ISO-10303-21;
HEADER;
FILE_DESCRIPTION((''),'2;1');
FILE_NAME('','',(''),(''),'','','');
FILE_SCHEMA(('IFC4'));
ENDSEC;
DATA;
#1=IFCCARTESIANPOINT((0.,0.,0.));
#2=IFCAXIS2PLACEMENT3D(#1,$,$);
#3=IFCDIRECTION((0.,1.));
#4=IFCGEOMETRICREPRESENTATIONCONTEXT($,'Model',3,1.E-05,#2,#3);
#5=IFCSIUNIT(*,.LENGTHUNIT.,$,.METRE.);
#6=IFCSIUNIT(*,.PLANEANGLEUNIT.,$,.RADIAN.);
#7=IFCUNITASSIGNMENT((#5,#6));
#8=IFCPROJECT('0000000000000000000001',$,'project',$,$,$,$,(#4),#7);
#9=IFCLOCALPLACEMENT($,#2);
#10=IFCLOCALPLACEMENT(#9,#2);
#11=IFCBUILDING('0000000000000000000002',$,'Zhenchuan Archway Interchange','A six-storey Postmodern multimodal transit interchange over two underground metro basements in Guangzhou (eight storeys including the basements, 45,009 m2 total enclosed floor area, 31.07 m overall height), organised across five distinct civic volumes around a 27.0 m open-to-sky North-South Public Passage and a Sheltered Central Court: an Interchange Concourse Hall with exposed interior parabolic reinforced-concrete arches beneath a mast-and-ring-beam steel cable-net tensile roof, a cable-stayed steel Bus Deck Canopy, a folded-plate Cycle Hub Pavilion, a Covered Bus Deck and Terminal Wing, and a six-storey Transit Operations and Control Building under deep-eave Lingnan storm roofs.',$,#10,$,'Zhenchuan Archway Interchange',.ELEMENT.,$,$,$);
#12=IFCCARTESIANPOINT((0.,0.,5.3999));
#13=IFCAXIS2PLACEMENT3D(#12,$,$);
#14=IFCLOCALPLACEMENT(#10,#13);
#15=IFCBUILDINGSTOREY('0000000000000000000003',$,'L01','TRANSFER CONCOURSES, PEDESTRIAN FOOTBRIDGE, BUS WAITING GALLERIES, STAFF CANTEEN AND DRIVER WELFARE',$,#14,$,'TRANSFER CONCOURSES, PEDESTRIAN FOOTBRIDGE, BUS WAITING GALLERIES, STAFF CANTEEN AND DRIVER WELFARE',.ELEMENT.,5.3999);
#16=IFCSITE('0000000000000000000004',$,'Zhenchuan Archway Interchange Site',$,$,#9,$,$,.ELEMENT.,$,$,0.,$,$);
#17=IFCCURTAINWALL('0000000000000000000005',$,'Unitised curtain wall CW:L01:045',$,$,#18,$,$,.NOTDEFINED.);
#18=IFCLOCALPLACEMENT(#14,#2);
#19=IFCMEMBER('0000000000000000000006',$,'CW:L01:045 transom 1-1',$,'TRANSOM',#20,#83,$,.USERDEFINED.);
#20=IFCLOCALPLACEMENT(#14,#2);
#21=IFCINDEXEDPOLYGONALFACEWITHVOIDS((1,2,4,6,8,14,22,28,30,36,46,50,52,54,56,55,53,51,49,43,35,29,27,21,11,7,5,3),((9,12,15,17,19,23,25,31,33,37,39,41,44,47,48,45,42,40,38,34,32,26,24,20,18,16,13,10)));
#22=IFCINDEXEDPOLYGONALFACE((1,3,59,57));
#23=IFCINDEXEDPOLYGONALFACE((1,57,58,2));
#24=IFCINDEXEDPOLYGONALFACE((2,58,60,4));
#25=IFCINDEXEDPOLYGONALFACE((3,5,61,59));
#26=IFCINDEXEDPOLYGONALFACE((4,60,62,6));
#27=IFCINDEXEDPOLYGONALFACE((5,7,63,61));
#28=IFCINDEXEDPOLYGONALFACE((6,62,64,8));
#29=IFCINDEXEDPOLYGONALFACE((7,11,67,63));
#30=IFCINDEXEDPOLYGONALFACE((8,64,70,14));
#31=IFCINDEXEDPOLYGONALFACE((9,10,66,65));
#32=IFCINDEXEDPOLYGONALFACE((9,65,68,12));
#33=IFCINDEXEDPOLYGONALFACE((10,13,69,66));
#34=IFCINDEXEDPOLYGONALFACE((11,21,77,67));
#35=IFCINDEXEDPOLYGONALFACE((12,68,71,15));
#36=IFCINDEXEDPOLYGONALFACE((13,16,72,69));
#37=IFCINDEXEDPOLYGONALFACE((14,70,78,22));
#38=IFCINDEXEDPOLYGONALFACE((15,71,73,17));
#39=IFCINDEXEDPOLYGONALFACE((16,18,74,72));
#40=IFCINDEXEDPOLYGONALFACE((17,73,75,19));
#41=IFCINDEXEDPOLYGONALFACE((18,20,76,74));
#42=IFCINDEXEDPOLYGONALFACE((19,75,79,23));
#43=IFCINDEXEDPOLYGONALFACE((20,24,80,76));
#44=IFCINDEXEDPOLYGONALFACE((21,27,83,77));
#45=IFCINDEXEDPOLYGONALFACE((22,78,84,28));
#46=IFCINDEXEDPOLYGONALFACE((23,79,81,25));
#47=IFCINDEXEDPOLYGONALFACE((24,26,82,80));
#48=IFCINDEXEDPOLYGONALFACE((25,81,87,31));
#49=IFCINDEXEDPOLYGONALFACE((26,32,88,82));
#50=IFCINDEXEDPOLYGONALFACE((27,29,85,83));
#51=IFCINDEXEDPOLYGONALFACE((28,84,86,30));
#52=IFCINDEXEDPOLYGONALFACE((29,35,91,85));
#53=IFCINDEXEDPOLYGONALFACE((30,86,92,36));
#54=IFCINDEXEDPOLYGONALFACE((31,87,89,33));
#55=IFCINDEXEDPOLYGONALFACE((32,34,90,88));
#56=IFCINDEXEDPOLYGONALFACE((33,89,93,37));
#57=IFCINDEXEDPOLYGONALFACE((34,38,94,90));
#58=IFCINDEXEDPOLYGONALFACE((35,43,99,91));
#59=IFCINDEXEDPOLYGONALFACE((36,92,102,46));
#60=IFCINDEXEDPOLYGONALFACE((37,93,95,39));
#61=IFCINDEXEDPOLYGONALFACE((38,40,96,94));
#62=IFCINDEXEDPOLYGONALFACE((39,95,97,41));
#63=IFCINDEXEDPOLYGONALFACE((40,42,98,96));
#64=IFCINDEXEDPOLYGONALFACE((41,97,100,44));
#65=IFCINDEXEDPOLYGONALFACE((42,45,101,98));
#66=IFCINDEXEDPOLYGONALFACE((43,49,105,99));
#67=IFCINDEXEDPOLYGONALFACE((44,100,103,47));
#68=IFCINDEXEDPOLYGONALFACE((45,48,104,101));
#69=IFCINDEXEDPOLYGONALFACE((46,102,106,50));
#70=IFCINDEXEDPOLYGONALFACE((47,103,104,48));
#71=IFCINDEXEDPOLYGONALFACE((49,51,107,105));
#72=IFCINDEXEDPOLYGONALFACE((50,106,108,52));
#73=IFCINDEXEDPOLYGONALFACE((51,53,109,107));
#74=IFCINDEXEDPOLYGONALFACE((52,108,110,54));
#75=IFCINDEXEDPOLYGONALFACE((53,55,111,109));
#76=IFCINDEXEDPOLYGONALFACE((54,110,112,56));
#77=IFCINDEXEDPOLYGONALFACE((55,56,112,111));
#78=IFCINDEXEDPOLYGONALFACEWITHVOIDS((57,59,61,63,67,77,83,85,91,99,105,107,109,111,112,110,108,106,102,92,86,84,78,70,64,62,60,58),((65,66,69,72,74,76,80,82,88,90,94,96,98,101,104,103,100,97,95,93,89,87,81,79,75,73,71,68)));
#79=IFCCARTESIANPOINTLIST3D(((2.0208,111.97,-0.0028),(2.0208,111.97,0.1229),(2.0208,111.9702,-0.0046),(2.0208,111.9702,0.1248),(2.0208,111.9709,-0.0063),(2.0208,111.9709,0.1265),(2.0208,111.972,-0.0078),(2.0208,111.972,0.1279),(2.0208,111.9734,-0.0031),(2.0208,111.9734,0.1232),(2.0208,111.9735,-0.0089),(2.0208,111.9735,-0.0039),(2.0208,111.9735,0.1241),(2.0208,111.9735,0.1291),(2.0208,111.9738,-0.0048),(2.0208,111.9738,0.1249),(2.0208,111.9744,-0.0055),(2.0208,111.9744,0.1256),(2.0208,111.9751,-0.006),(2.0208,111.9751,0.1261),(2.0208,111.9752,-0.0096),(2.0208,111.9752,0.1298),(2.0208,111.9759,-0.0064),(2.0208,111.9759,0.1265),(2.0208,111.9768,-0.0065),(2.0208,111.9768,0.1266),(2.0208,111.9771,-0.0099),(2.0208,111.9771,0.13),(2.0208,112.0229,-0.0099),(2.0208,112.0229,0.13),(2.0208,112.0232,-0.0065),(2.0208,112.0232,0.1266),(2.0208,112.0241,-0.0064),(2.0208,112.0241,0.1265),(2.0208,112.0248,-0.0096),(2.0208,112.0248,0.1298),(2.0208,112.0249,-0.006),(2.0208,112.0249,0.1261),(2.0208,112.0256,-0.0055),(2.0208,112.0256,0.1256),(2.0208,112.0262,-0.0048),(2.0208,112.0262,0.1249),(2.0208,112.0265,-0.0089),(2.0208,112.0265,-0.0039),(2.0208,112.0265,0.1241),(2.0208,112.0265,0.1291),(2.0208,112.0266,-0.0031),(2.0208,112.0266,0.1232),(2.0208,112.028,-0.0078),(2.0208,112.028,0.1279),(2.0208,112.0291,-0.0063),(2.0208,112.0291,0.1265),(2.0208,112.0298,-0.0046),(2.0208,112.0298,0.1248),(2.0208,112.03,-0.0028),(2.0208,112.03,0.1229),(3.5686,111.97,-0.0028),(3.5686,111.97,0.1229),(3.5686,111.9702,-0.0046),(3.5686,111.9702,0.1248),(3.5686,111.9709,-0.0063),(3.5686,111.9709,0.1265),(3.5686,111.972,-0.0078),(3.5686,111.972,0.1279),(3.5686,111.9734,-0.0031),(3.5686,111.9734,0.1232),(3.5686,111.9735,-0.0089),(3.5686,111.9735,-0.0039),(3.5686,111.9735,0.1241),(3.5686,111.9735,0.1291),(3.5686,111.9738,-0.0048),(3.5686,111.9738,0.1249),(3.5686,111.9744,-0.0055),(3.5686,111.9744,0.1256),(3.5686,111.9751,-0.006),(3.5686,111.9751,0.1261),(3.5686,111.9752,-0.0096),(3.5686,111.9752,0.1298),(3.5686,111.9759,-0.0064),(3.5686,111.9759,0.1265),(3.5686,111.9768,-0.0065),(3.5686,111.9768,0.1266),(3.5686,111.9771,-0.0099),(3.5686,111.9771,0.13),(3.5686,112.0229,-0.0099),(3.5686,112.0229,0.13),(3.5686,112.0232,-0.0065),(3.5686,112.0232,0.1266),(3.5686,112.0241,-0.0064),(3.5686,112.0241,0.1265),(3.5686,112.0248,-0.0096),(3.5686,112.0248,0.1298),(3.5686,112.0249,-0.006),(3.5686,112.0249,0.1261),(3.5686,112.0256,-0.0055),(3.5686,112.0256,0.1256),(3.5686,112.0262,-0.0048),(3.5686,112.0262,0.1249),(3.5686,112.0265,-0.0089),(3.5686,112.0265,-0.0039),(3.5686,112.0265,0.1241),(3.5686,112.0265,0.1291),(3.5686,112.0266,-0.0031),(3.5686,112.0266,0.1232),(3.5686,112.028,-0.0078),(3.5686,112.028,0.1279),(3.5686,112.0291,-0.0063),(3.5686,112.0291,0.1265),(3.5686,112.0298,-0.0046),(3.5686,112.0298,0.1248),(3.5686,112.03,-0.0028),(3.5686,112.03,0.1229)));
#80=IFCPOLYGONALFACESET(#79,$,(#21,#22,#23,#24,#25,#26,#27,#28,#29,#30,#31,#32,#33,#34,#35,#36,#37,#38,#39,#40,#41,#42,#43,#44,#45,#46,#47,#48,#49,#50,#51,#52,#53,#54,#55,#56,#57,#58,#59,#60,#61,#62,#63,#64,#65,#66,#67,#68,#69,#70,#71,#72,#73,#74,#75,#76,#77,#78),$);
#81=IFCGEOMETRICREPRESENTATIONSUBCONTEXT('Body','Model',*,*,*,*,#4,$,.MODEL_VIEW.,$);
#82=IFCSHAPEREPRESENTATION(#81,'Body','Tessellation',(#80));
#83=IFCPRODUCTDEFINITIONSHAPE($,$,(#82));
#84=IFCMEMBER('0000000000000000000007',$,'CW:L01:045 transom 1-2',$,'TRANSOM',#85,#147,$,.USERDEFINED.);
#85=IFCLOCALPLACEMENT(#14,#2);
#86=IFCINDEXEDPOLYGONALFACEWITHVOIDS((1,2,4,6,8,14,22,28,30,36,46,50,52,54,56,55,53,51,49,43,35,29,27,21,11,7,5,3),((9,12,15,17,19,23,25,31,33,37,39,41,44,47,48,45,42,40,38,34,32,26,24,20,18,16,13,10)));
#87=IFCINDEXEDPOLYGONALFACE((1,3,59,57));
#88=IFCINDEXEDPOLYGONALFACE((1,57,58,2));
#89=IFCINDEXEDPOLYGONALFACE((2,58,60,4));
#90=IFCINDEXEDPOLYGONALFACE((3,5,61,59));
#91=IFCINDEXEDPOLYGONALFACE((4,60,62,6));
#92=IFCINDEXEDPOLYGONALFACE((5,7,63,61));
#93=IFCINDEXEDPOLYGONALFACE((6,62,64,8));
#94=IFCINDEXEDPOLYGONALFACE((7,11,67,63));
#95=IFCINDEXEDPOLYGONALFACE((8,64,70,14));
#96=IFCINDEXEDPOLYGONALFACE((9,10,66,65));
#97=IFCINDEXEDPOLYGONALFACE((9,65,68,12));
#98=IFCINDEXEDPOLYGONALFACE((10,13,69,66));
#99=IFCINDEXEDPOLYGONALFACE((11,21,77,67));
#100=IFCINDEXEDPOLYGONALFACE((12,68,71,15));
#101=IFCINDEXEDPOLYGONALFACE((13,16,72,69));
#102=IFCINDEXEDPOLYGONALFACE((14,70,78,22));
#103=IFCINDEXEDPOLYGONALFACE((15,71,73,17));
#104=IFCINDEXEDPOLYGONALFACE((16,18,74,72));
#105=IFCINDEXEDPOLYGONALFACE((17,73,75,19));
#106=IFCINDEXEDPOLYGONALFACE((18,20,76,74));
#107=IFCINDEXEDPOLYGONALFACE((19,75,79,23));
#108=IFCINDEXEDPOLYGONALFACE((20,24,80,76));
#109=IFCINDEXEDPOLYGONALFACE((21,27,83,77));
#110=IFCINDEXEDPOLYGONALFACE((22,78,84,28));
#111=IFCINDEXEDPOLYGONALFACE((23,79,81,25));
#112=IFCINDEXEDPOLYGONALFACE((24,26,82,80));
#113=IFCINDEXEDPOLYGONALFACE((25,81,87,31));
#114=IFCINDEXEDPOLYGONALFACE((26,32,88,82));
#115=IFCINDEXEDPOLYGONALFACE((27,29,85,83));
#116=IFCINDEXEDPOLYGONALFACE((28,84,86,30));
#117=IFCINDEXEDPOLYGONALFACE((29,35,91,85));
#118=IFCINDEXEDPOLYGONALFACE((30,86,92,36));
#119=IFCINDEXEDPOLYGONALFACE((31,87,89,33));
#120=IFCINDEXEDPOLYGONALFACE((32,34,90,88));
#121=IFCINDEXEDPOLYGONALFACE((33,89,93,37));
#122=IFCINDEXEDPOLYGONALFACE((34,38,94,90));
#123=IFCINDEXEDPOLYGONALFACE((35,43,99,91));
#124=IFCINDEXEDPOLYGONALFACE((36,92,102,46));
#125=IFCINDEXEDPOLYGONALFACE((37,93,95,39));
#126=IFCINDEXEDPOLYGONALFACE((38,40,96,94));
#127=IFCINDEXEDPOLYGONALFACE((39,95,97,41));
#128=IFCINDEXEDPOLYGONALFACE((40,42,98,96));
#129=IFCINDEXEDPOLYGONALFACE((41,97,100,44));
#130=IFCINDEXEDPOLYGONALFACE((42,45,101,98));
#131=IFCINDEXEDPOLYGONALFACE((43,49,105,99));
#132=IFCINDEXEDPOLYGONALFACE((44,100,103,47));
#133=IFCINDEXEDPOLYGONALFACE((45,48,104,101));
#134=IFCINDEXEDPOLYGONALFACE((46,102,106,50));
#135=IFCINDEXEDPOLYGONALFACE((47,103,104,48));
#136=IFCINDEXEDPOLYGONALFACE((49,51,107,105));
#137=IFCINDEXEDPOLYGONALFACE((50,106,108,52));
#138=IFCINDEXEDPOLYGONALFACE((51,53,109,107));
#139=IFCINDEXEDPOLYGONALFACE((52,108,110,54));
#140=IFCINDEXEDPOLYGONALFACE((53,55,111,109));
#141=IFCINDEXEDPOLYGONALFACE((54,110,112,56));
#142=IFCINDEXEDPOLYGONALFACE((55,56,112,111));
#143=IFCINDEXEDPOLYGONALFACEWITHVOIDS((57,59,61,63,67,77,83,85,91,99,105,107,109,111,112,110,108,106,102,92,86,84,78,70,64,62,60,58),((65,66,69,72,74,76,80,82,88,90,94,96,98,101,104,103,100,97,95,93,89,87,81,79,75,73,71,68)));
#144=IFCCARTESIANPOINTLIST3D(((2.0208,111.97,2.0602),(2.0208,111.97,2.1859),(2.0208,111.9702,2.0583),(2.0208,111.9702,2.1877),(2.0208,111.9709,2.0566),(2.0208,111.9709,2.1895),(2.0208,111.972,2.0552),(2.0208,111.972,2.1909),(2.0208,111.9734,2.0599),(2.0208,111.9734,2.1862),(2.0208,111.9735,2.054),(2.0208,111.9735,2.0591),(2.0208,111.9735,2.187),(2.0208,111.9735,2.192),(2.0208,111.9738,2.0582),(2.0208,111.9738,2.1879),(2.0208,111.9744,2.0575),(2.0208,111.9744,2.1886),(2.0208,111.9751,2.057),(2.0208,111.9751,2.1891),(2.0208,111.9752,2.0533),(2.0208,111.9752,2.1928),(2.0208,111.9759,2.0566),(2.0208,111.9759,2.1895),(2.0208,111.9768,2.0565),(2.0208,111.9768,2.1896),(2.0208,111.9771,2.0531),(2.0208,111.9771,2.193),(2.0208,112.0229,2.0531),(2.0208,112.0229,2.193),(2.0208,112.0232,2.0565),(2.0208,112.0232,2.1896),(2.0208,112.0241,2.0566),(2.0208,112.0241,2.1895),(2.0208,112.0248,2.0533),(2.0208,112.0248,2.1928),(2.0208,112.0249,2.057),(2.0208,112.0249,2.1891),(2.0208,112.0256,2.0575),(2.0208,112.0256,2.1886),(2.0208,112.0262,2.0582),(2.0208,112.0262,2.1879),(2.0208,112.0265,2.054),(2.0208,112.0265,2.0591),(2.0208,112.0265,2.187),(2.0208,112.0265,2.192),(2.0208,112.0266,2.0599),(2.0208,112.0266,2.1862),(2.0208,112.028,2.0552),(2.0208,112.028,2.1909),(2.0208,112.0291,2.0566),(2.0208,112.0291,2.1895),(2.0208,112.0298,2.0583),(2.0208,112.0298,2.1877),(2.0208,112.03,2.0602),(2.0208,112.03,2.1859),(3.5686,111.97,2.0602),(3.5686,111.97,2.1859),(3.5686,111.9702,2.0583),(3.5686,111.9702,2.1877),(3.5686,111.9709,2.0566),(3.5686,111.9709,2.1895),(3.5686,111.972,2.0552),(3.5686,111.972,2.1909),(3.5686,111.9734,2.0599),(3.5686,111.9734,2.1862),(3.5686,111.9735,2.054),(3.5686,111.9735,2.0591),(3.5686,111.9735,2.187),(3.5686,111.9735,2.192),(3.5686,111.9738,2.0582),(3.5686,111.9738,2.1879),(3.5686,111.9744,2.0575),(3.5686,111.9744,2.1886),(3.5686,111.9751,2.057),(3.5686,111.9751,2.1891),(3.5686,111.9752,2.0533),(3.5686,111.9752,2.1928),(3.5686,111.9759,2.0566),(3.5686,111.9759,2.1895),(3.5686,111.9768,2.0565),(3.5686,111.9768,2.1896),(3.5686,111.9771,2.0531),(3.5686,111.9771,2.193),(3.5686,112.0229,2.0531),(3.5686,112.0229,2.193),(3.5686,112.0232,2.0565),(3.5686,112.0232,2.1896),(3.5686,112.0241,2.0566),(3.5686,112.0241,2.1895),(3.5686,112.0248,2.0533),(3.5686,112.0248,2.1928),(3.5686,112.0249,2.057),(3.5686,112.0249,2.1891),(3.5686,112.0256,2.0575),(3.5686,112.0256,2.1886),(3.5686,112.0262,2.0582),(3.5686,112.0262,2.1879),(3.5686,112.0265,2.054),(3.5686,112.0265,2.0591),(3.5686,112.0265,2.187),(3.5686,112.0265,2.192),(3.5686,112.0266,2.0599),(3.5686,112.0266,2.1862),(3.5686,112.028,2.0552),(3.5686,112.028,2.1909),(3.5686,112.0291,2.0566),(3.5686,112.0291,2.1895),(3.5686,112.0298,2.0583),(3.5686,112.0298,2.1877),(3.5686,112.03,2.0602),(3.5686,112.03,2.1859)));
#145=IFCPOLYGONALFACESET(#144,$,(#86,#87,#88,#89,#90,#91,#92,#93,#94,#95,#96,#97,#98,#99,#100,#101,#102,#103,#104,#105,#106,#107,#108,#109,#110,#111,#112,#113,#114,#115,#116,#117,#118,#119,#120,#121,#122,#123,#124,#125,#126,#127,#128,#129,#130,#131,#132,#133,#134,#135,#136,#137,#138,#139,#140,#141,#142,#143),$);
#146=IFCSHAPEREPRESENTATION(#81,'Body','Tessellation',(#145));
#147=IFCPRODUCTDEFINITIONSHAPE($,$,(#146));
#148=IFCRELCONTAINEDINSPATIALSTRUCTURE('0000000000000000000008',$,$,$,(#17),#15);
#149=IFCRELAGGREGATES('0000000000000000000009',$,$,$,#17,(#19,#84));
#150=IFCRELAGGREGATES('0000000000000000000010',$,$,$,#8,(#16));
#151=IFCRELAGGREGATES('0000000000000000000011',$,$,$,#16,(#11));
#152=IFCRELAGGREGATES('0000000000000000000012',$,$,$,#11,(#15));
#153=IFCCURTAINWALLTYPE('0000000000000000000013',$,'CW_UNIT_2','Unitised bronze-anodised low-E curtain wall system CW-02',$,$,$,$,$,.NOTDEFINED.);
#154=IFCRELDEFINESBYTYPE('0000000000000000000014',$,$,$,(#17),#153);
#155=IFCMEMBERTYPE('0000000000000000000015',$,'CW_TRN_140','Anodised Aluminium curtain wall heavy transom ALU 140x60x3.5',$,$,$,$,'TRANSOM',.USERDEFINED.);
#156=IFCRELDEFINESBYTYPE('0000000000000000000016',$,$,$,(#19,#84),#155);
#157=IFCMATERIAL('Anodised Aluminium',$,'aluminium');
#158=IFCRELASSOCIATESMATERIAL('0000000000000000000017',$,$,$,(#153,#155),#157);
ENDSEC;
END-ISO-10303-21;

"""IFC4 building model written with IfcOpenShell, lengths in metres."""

from ifc_helpers import new_model, si_unit, direction, frame, origin, origin_2d, place, context, subcontext, project, spatial, hollow_rectangle, extrude, material, material_profile, profile_set, type_object, element, aggregate, save


model = new_model("IFC4")

# Units and contexts
model_context = context("Model", 3, precision=1e-05, world=origin(), true_north=direction((0.0, 1.0)))
body_context = subcontext(model_context, "Body", "Model", "MODEL_VIEW")
ifc_project = project(units=[si_unit("LENGTHUNIT", "METRE"), si_unit("PLANEANGLEUNIT", "RADIAN")], contexts=[model_context])

# Site, building, storey
site_placement = place(None, origin())
site = spatial("IfcSite", under=ifc_project, at=site_placement, Name="Zhenchuan Archway Interchange Site", CompositionType="ELEMENT", RefElevation=0.0)
building_placement = place(site_placement, origin())
building = spatial("IfcBuilding", under=site, at=building_placement, Name="Zhenchuan Archway Interchange", Description="A six-storey Postmodern multimodal transit interchange over two underground metro basements in Guangzhou (eight storeys including the basements, 45,009 m2 total enclosed floor area, 31.07 m overall height), organised across five distinct civic volumes around a 27.0 m open-to-sky North-South Public Passage and a Sheltered Central Court: an Interchange Concourse Hall with exposed interior parabolic reinforced-concrete arches beneath a mast-and-ring-beam steel cable-net tensile roof, a cable-stayed steel Bus Deck Canopy, a folded-plate Cycle Hub Pavilion, a Covered Bus Deck and Terminal Wing, and a six-storey Transit Operations and Control Building under deep-eave Lingnan storm roofs.", LongName="Zhenchuan Archway Interchange", CompositionType="ELEMENT")
storey_placement = place(building_placement, frame((0.0, 0.0, 5.3999)))
storey = spatial("IfcBuildingStorey", under=building, at=storey_placement, Name="L01", Description="TRANSFER CONCOURSES, PEDESTRIAN FOOTBRIDGE, BUS WAITING GALLERIES, STAFF CANTEEN AND DRIVER WELFARE", LongName="TRANSFER CONCOURSES, PEDESTRIAN FOOTBRIDGE, BUS WAITING GALLERIES, STAFF CANTEEN AND DRIVER WELFARE", CompositionType="ELEMENT", Elevation=5.3999)

# Curtain wall
ifc_material_1 = material(Name="Anodised Aluminium", Category="aluminium")
curtain_wall_type_1 = type_object("IfcCurtainWallType", Name="CW_UNIT_2", Description="Unitised bronze-anodised low-E curtain wall system CW-02", PredefinedType="NOTDEFINED", material=ifc_material_1)
curtain_wall_1_placement = place(storey_placement, origin())
curtain_wall_1 = element("IfcCurtainWall", 1, at=curtain_wall_1_placement, inside=storey, type_object=curtain_wall_type_1, Name="Unitised curtain wall CW:L01:045", PredefinedType="NOTDEFINED")

# Members
ifc_material_profile_1 = material_profile(ifc_material_1, hollow_rectangle(XDim=0.0601, YDim=0.1399, WallThickness=0.0034, InnerFilletRadius=0.0034, OuterFilletRadius=0.0071, at=origin_2d()), Name="ALU 140x60x3.5")
ifc_profile_set_1 = profile_set([ifc_material_profile_1], Name="Anodised Aluminium")
member_type_1 = type_object("IfcMemberType", Name="CW_TRN_140", Description="Anodised Aluminium curtain wall heavy transom ALU 140x60x3.5", ElementType="TRANSOM", PredefinedType="USERDEFINED", material=ifc_profile_set_1)
member_1_placement = place(storey_placement, frame((2.0208, 112.0, 0.0601), z_axis=(1.0, 0.0, 0.0), x_axis=(0.0, 1.0, 0.0)))
member_1 = element("IfcMember", 2, at=member_1_placement, type_object=member_type_1, Name="CW:L01:045 transom 1-1", ObjectType="TRANSOM", PredefinedType="USERDEFINED", context=body_context, shape_type="SweptSolid", body=[
    extrude(hollow_rectangle(XDim=0.0601, YDim=0.1399, WallThickness=0.0034, InnerFilletRadius=0.0034, OuterFilletRadius=0.0071, at=origin_2d()), origin(), (0.0, 0.0, 1.0), 1.5479),
])
member_2_placement = place(storey_placement, frame((2.0208, 112.0, 2.123), z_axis=(1.0, 0.0, 0.0), x_axis=(0.0, 1.0, 0.0)))
member_2 = element("IfcMember", 3, at=member_2_placement, type_object=member_type_1, Name="CW:L01:045 transom 1-2", ObjectType="TRANSOM", PredefinedType="USERDEFINED", context=body_context, shape_type="SweptSolid", body=[
    extrude(hollow_rectangle(XDim=0.0601, YDim=0.1399, WallThickness=0.0034, InnerFilletRadius=0.0034, OuterFilletRadius=0.0071, at=origin_2d()), origin(), (0.0, 0.0, 1.0), 1.5479),
])

aggregate(curtain_wall_1, [member_1, member_2])

save(model, "model.ifc")
